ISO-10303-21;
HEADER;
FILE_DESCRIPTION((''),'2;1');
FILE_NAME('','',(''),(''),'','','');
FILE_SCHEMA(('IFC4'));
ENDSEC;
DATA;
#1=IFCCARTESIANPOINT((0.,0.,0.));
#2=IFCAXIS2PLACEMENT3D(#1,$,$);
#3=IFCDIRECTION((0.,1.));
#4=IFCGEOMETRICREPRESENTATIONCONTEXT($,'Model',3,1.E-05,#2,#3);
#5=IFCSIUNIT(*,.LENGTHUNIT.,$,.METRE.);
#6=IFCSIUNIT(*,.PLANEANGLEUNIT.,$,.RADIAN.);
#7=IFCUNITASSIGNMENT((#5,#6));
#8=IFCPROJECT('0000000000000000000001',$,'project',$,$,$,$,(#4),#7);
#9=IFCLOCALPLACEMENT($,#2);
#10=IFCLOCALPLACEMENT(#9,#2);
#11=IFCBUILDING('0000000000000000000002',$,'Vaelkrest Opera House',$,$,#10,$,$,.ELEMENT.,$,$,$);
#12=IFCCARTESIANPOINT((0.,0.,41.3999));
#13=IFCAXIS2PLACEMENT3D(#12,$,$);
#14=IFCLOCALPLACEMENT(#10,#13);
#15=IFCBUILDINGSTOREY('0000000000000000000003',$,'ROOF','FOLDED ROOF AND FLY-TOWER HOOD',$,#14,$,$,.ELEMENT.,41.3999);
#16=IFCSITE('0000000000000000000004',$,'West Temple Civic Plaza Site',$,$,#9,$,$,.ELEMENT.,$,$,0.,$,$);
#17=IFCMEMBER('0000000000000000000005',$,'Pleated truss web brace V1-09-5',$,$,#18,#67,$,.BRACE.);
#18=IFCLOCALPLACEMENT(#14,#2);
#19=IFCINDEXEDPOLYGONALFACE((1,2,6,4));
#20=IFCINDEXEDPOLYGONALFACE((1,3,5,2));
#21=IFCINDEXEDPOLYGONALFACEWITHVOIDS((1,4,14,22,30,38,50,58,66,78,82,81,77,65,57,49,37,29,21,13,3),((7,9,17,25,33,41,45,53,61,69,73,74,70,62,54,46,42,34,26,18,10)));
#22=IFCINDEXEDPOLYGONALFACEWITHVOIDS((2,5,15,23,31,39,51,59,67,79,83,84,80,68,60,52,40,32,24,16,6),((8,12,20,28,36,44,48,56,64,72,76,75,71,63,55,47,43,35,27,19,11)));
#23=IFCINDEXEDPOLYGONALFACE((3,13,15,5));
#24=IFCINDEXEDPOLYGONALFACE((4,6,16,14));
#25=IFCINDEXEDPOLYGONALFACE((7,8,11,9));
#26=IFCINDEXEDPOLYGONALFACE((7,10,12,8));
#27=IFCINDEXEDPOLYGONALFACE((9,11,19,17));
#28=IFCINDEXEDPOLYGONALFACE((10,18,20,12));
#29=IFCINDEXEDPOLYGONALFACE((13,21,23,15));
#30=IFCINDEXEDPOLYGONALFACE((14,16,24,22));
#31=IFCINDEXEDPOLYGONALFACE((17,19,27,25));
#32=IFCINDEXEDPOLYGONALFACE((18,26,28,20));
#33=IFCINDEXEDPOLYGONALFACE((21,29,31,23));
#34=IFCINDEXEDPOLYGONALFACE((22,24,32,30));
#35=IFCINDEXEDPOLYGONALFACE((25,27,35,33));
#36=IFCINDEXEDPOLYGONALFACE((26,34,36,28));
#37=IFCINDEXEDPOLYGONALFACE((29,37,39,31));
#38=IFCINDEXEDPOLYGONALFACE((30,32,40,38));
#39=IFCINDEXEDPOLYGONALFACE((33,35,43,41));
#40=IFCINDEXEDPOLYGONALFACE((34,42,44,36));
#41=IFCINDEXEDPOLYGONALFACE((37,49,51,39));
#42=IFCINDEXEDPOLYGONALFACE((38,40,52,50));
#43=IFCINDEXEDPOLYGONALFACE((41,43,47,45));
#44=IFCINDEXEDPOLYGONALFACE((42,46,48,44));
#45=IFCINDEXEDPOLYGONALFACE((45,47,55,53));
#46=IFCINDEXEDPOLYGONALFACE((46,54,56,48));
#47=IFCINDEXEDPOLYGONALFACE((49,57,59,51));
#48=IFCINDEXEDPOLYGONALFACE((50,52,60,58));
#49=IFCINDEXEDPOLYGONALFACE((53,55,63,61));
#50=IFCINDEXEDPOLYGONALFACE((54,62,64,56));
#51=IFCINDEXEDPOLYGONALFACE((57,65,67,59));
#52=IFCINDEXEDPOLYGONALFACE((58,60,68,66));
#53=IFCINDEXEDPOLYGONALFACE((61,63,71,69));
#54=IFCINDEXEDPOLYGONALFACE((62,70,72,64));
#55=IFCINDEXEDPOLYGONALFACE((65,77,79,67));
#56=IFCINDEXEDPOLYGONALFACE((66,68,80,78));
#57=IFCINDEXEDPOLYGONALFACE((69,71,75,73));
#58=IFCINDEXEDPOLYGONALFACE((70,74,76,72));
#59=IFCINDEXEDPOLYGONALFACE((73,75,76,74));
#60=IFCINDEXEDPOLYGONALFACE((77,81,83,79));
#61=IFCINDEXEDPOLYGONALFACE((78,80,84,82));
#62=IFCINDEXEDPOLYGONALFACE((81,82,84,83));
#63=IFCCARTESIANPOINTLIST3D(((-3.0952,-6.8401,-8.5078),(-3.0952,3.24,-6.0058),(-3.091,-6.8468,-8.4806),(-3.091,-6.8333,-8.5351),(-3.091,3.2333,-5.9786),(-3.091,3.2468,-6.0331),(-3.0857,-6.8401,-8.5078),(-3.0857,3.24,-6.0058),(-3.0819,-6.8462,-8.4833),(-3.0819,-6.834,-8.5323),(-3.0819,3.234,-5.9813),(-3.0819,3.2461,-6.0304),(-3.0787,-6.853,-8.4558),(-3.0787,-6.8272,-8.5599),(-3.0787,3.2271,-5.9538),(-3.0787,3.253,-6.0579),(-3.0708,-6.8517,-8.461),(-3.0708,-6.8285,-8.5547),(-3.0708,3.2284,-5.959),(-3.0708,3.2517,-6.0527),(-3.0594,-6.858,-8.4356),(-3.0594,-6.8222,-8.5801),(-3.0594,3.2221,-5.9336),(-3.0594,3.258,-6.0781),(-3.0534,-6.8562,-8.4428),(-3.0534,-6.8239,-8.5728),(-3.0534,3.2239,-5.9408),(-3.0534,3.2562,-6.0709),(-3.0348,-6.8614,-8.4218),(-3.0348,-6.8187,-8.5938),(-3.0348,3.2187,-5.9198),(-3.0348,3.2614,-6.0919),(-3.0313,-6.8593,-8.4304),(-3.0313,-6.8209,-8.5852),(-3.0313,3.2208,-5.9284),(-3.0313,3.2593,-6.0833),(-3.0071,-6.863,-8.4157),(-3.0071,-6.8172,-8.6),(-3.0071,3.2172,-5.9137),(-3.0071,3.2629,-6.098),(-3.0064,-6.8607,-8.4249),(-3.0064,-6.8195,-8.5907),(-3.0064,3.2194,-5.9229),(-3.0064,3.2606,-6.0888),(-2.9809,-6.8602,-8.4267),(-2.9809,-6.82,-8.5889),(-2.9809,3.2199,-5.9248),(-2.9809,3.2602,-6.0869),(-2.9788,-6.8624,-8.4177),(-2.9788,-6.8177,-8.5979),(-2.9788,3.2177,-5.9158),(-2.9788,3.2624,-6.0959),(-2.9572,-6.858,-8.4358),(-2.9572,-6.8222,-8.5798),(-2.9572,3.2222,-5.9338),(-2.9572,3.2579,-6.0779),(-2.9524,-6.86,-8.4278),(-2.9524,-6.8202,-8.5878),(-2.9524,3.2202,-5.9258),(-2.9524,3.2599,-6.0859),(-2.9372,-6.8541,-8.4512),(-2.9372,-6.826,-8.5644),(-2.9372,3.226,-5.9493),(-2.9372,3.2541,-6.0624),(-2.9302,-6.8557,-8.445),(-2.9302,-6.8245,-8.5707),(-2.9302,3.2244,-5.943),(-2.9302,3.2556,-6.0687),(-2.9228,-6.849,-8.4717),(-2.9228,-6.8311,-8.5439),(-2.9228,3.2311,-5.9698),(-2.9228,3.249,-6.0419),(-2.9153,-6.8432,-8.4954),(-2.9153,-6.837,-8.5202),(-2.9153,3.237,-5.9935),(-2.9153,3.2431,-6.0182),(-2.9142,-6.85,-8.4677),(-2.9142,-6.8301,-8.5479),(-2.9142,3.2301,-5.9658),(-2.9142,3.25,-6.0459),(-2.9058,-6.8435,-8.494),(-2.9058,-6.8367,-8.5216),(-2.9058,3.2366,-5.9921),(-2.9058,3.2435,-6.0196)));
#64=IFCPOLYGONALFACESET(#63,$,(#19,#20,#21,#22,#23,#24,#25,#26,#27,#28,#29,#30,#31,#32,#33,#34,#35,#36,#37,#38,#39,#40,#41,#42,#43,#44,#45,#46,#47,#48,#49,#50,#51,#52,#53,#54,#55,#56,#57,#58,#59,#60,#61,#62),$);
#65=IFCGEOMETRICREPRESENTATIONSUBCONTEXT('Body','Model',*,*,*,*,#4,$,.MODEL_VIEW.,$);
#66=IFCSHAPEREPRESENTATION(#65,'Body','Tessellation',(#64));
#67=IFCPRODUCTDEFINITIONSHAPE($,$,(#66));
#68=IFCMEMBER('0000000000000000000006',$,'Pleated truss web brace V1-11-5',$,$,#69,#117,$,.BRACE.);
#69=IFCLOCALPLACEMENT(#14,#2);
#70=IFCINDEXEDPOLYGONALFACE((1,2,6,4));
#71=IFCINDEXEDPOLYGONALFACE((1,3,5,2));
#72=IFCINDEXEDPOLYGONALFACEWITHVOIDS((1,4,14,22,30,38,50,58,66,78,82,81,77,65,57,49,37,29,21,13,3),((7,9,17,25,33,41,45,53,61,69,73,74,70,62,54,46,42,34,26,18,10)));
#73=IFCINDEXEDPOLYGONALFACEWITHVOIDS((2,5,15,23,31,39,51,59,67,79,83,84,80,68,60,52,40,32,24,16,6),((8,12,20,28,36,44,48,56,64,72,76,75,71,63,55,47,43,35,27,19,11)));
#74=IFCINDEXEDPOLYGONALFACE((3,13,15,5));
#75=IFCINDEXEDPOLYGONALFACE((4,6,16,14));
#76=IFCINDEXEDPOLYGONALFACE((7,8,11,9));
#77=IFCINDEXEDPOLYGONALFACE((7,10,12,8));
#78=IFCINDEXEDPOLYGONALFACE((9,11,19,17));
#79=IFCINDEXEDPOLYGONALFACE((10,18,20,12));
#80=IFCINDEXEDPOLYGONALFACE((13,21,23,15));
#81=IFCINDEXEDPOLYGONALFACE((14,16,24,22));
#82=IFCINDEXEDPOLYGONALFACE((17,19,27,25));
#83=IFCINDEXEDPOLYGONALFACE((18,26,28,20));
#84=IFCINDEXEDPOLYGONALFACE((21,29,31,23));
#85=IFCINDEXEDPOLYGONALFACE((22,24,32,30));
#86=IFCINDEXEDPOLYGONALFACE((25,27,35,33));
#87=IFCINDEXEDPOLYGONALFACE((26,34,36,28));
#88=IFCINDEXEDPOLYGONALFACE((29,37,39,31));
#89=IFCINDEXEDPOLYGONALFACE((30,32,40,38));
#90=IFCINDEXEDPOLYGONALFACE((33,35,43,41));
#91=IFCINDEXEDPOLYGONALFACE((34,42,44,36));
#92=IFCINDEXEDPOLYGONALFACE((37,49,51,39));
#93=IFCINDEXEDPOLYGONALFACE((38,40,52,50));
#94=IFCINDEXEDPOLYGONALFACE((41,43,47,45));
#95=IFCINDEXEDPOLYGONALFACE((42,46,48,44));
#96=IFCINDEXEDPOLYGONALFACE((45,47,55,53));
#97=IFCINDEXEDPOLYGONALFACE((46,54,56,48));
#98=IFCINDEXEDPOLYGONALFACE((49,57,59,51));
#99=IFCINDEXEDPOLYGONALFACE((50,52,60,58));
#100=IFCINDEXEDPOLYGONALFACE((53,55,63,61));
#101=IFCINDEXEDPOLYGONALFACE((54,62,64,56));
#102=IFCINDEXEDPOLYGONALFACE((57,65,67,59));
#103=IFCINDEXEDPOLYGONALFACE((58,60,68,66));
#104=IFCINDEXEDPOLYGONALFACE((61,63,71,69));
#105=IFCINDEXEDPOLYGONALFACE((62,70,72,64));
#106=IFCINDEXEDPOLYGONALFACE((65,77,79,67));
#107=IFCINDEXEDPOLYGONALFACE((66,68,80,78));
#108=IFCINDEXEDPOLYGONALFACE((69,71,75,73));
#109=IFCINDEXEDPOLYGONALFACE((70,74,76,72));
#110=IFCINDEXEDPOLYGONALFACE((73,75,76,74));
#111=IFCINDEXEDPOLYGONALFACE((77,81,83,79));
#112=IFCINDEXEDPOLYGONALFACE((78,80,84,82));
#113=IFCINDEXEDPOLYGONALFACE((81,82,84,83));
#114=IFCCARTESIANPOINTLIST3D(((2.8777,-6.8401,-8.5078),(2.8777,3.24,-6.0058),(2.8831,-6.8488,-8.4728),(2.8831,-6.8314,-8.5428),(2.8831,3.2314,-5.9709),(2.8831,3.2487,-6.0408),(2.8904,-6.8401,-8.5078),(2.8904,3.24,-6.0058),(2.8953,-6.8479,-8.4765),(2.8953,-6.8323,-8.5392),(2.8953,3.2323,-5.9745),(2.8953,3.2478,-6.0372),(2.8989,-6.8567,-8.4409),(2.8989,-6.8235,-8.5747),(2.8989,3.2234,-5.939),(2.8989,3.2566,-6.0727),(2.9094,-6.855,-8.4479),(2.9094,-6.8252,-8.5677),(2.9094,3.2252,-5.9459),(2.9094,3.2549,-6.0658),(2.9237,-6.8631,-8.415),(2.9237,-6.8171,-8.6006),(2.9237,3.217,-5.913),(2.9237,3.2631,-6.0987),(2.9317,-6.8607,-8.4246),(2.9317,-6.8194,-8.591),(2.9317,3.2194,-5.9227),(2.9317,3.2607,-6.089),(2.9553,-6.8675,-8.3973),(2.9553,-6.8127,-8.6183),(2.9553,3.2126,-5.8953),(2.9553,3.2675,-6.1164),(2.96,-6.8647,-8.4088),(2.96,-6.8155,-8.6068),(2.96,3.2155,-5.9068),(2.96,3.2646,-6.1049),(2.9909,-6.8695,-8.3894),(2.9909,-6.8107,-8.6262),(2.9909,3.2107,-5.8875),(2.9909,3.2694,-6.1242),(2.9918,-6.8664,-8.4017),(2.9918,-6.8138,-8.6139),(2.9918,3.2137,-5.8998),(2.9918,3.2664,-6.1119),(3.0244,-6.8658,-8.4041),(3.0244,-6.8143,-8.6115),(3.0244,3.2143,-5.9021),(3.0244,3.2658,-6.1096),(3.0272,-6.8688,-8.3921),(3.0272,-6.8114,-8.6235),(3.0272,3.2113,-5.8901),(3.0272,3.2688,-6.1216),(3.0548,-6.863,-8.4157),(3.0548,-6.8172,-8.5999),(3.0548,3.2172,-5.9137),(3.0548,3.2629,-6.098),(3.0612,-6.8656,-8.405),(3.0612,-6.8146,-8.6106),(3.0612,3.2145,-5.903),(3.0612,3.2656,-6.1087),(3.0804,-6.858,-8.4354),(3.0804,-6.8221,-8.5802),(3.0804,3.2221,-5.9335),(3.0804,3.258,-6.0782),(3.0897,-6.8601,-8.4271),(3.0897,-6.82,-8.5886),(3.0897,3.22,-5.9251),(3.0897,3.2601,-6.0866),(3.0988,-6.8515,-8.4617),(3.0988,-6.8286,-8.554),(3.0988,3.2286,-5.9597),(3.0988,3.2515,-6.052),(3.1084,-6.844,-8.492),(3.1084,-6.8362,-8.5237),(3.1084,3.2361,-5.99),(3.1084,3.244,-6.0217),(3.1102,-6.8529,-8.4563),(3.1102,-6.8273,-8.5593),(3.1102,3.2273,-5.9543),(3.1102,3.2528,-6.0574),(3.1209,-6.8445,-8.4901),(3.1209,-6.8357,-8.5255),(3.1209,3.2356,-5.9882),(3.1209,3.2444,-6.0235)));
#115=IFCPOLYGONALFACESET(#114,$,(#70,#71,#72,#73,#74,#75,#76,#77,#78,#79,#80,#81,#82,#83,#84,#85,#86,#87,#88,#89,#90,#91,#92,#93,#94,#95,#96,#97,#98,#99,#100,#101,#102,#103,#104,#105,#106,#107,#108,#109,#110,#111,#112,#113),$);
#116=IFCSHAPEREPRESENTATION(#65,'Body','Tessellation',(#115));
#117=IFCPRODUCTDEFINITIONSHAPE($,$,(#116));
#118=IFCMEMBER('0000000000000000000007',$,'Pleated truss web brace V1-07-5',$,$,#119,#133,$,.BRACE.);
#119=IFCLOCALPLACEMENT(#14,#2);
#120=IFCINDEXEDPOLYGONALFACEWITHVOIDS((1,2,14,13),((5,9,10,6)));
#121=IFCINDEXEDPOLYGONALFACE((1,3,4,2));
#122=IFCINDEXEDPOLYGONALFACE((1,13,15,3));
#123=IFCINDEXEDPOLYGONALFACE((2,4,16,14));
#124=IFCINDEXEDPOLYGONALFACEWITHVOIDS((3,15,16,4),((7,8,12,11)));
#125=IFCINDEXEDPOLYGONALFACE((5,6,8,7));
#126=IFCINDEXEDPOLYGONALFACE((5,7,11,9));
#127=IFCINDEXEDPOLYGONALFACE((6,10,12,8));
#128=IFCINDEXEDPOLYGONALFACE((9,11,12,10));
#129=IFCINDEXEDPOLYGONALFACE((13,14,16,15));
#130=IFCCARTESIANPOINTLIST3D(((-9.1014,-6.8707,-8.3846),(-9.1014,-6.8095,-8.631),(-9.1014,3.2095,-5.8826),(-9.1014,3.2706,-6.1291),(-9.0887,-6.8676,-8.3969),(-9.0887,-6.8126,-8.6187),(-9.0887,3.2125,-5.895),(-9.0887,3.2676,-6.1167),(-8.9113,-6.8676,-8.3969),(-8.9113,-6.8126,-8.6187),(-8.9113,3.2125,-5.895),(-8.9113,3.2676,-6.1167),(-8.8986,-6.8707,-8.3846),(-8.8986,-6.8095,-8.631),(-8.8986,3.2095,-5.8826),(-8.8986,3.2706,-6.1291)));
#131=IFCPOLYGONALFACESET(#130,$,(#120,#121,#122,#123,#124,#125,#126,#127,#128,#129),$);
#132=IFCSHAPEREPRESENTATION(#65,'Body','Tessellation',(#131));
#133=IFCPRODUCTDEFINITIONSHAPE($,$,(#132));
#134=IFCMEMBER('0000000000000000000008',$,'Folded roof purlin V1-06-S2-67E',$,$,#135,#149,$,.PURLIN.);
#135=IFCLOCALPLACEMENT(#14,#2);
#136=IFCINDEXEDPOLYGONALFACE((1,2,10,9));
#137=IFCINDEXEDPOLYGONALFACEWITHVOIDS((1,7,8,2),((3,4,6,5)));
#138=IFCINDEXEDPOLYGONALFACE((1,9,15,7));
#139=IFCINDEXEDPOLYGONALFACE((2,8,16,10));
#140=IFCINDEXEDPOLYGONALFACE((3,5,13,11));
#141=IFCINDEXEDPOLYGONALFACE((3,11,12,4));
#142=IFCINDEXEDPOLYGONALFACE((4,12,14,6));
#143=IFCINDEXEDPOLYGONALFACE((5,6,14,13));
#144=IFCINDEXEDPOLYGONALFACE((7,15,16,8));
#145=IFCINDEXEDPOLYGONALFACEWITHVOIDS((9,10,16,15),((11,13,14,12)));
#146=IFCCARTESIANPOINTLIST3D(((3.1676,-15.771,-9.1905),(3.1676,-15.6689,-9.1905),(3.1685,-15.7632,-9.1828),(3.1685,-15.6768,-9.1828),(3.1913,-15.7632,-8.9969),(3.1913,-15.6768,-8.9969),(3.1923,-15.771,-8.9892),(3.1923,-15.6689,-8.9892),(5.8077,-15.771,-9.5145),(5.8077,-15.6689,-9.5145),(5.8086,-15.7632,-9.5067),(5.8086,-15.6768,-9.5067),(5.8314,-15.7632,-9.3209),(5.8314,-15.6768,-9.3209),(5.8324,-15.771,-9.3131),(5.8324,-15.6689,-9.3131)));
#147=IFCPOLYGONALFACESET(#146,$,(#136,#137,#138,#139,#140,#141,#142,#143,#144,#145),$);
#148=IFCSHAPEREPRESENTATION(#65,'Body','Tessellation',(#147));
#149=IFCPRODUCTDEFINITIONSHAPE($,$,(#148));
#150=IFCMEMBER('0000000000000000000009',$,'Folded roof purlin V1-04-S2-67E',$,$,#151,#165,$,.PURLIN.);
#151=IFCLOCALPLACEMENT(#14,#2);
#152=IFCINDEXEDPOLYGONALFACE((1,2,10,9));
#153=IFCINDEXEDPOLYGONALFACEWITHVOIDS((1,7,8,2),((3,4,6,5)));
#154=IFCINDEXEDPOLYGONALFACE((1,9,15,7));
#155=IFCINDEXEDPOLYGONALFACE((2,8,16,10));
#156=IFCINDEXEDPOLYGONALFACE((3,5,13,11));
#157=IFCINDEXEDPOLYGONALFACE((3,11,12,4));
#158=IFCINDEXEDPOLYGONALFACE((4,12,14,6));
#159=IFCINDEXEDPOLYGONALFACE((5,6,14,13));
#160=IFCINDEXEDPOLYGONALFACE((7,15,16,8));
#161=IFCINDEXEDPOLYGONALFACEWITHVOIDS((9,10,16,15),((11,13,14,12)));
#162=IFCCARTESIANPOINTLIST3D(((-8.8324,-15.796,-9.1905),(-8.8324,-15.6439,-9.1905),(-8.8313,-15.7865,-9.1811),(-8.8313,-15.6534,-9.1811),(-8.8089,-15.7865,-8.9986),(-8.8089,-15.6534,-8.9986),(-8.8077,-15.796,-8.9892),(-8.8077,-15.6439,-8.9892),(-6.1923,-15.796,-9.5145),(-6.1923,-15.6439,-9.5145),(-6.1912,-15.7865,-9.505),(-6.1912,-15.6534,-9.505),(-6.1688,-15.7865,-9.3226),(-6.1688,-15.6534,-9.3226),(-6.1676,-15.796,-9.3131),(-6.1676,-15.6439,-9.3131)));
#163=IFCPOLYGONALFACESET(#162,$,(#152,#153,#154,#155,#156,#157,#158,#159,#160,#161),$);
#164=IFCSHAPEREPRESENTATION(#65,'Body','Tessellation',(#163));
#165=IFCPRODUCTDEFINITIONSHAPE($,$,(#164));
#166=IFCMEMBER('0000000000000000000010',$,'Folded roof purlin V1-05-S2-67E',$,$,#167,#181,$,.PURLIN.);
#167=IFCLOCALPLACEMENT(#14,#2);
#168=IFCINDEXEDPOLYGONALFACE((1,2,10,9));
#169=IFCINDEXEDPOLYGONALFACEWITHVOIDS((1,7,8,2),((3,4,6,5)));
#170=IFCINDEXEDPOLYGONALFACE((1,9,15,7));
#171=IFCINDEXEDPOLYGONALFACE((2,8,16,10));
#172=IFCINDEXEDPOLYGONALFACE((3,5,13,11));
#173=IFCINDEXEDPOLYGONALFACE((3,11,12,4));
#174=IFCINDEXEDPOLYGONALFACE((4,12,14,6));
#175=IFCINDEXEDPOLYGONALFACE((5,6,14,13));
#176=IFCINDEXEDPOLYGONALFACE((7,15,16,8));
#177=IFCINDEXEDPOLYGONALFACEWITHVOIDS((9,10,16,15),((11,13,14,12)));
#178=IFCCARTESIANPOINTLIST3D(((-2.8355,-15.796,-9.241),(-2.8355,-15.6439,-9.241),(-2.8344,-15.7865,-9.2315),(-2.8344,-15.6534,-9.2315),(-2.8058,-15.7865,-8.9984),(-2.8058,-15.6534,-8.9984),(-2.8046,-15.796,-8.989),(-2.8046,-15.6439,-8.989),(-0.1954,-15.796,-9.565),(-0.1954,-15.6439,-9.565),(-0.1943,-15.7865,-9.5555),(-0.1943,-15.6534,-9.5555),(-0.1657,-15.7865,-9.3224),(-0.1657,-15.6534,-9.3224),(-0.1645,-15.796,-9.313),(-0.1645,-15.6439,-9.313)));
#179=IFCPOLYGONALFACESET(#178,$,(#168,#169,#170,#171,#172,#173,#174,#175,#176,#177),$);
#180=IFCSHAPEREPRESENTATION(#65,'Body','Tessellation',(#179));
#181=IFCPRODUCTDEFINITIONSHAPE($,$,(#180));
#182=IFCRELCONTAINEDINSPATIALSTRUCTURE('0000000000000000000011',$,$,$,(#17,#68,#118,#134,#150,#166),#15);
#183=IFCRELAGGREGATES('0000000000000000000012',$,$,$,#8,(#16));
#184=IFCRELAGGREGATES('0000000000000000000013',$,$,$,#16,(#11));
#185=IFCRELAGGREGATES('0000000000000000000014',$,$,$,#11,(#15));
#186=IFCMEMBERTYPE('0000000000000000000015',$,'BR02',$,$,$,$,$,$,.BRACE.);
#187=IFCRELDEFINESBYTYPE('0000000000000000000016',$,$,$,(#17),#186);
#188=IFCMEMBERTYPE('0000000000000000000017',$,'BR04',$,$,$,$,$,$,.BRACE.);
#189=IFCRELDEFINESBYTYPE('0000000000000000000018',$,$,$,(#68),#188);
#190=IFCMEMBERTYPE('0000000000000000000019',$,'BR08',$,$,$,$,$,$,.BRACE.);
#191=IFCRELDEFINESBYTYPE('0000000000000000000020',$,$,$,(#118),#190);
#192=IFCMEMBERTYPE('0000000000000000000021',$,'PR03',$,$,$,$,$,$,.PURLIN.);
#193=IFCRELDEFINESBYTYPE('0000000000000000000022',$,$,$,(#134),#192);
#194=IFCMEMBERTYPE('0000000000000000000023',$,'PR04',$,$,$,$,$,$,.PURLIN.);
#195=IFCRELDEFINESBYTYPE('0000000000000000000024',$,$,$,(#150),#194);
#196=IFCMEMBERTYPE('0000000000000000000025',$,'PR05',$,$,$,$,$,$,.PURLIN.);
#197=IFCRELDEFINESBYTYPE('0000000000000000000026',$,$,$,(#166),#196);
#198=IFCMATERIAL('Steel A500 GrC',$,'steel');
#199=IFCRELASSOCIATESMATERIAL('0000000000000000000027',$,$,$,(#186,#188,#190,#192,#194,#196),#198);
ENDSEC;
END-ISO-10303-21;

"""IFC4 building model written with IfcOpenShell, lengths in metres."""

from ifc_helpers import new_model, si_unit, direction, frame, origin, origin_2d, place, context, subcontext, project, spatial, hollow_rectangle, hollow_circle, extrude, material, material_profile, profile_set, type_object, element, save


model = new_model("IFC4")

# Units and contexts
model_context = context("Model", 3, precision=1e-05, world=origin(), true_north=direction((0.0, 1.0)))
body_context = subcontext(model_context, "Body", "Model", "MODEL_VIEW")
ifc_project = project(units=[si_unit("LENGTHUNIT", "METRE"), si_unit("PLANEANGLEUNIT", "RADIAN")], contexts=[model_context])

# Site, building, storey
site_placement = place(None, origin())
site = spatial("IfcSite", under=ifc_project, at=site_placement, Name="West Temple Civic Plaza Site", CompositionType="ELEMENT", RefElevation=0.0)
building_placement = place(site_placement, origin())
building = spatial("IfcBuilding", under=site, at=building_placement, Name="Vaelkrest Opera House", CompositionType="ELEMENT")
storey_placement = place(building_placement, frame((0.0, 0.0, 41.3999)))
storey = spatial("IfcBuildingStorey", under=building, at=storey_placement, Name="ROOF", Description="FOLDED ROOF AND FLY-TOWER HOOD", CompositionType="ELEMENT", Elevation=41.3999)

# Members
ifc_material_1 = material(Name="Steel A500 GrC", Category="steel")
ifc_material_profile_1 = material_profile(ifc_material_1, hollow_circle(Radius=0.0952, WallThickness=0.0095, at=origin_2d()), Name="HSS190.5X9.5")
ifc_profile_set_1 = profile_set([ifc_material_profile_1], Name="Steel A500 GrC")
member_type_1 = type_object("IfcMemberType", Name="BR02", PredefinedType="BRACE", material=ifc_profile_set_1)
member_1_placement = place(storey_placement, frame((-3.0, -6.8401, -8.5078), z_axis=(0.0, 0.97055, 0.240898), x_axis=(-1.0, 0.0, 0.0)))
element("IfcMember", 1, at=member_1_placement, inside=storey, type_object=member_type_1, Name="Pleated truss web brace V1-09-5", PredefinedType="BRACE", context=body_context, shape_type="SweptSolid", body=[
    extrude(hollow_circle(Radius=0.0952, WallThickness=0.0095, at=origin_2d()), origin(), (0.0, 0.0, 1.0), 10.386),
])
ifc_material_profile_2 = material_profile(ifc_material_1, hollow_circle(Radius=0.1223, WallThickness=0.0127, at=origin_2d()), Name="HSS244.5X12.7")
ifc_profile_set_2 = profile_set([ifc_material_profile_2], Name="Steel A500 GrC")
member_type_2 = type_object("IfcMemberType", Name="BR04", PredefinedType="BRACE", material=ifc_profile_set_2)
member_2_placement = place(storey_placement, frame((3.0, -6.8401, -8.5078), z_axis=(0.0, 0.97055, 0.240898), x_axis=(-1.0, 0.0, 0.0)))
element("IfcMember", 2, at=member_2_placement, inside=storey, type_object=member_type_2, Name="Pleated truss web brace V1-11-5", PredefinedType="BRACE", context=body_context, shape_type="SweptSolid", body=[
    extrude(hollow_circle(Radius=0.1223, WallThickness=0.0127, at=origin_2d()), origin(), (0.0, 0.0, 1.0), 10.386),
])
ifc_material_profile_3 = material_profile(ifc_material_1, hollow_rectangle(XDim=0.2029, YDim=0.2539, WallThickness=0.0127, at=origin_2d()), Name="HSS254X203X12.7")
ifc_profile_set_3 = profile_set([ifc_material_profile_3], Name="Steel A500 GrC")
member_type_3 = type_object("IfcMemberType", Name="BR08", PredefinedType="BRACE", material=ifc_profile_set_3)
member_3_placement = place(storey_placement, frame((-9.0, -6.8401, -8.5078), z_axis=(0.0, 0.97055, 0.240898), x_axis=(-1.0, 0.0, 0.0)))
element("IfcMember", 3, at=member_3_placement, inside=storey, type_object=member_type_3, Name="Pleated truss web brace V1-07-5", PredefinedType="BRACE", context=body_context, shape_type="SweptSolid", body=[
    extrude(hollow_rectangle(XDim=0.2029, YDim=0.2539, WallThickness=0.0127, at=origin_2d()), origin(), (0.0, 0.0, 1.0), 10.386),
])
ifc_material_profile_4 = material_profile(ifc_material_1, hollow_rectangle(XDim=0.1021, YDim=0.2029, WallThickness=0.0078, at=origin_2d()), Name="HSS203X102X8")
ifc_profile_set_4 = profile_set([ifc_material_profile_4], Name="Steel A500 GrC")
member_type_4 = type_object("IfcMemberType", Name="PR03", PredefinedType="PURLIN", material=ifc_profile_set_4)
member_4_placement = place(storey_placement, frame((3.1799, -15.72, -9.0898), z_axis=(0.992555, 0.0, -0.121798), x_axis=(0.0, 1.0, 0.0)))
element("IfcMember", 4, at=member_4_placement, inside=storey, type_object=member_type_4, Name="Folded roof purlin V1-06-S2-67E", PredefinedType="PURLIN", context=body_context, shape_type="SweptSolid", body=[
    extrude(hollow_rectangle(XDim=0.1021, YDim=0.2029, WallThickness=0.0078, at=origin_2d()), origin(), (0.0, 0.0, 1.0), 2.6599),
])
ifc_material_profile_5 = material_profile(ifc_material_1, hollow_rectangle(XDim=0.1521, YDim=0.2029, WallThickness=0.0095, at=origin_2d()), Name="HSS203X152X9.5")
ifc_profile_set_5 = profile_set([ifc_material_profile_5], Name="Steel A500 GrC")
member_type_5 = type_object("IfcMemberType", Name="PR04", PredefinedType="PURLIN", material=ifc_profile_set_5)
member_5_placement = place(storey_placement, frame((-8.8201, -15.72, -9.0898), z_axis=(0.992555, 0.0, -0.121798), x_axis=(0.0, 1.0, 0.0)))
element("IfcMember", 5, at=member_5_placement, inside=storey, type_object=member_type_5, Name="Folded roof purlin V1-04-S2-67E", PredefinedType="PURLIN", context=body_context, shape_type="SweptSolid", body=[
    extrude(hollow_rectangle(XDim=0.1521, YDim=0.2029, WallThickness=0.0095, at=origin_2d()), origin(), (0.0, 0.0, 1.0), 2.6599),
])
ifc_material_profile_6 = material_profile(ifc_material_1, hollow_rectangle(XDim=0.1521, YDim=0.2539, WallThickness=0.0095, at=origin_2d()), Name="HSS254X152X9.5")
ifc_profile_set_6 = profile_set([ifc_material_profile_6], Name="Steel A500 GrC")
member_type_6 = type_object("IfcMemberType", Name="PR05", PredefinedType="PURLIN", material=ifc_profile_set_6)
member_6_placement = place(storey_placement, frame((-2.8201, -15.72, -9.115), z_axis=(0.992555, 0.0, -0.121798), x_axis=(0.0, 1.0, 0.0)))
element("IfcMember", 6, at=member_6_placement, inside=storey, type_object=member_type_6, Name="Folded roof purlin V1-05-S2-67E", PredefinedType="PURLIN", context=body_context, shape_type="SweptSolid", body=[
    extrude(hollow_rectangle(XDim=0.1521, YDim=0.2539, WallThickness=0.0095, at=origin_2d()), origin(), (0.0, 0.0, 1.0), 2.6599),
])

save(model, "model.ifc")
